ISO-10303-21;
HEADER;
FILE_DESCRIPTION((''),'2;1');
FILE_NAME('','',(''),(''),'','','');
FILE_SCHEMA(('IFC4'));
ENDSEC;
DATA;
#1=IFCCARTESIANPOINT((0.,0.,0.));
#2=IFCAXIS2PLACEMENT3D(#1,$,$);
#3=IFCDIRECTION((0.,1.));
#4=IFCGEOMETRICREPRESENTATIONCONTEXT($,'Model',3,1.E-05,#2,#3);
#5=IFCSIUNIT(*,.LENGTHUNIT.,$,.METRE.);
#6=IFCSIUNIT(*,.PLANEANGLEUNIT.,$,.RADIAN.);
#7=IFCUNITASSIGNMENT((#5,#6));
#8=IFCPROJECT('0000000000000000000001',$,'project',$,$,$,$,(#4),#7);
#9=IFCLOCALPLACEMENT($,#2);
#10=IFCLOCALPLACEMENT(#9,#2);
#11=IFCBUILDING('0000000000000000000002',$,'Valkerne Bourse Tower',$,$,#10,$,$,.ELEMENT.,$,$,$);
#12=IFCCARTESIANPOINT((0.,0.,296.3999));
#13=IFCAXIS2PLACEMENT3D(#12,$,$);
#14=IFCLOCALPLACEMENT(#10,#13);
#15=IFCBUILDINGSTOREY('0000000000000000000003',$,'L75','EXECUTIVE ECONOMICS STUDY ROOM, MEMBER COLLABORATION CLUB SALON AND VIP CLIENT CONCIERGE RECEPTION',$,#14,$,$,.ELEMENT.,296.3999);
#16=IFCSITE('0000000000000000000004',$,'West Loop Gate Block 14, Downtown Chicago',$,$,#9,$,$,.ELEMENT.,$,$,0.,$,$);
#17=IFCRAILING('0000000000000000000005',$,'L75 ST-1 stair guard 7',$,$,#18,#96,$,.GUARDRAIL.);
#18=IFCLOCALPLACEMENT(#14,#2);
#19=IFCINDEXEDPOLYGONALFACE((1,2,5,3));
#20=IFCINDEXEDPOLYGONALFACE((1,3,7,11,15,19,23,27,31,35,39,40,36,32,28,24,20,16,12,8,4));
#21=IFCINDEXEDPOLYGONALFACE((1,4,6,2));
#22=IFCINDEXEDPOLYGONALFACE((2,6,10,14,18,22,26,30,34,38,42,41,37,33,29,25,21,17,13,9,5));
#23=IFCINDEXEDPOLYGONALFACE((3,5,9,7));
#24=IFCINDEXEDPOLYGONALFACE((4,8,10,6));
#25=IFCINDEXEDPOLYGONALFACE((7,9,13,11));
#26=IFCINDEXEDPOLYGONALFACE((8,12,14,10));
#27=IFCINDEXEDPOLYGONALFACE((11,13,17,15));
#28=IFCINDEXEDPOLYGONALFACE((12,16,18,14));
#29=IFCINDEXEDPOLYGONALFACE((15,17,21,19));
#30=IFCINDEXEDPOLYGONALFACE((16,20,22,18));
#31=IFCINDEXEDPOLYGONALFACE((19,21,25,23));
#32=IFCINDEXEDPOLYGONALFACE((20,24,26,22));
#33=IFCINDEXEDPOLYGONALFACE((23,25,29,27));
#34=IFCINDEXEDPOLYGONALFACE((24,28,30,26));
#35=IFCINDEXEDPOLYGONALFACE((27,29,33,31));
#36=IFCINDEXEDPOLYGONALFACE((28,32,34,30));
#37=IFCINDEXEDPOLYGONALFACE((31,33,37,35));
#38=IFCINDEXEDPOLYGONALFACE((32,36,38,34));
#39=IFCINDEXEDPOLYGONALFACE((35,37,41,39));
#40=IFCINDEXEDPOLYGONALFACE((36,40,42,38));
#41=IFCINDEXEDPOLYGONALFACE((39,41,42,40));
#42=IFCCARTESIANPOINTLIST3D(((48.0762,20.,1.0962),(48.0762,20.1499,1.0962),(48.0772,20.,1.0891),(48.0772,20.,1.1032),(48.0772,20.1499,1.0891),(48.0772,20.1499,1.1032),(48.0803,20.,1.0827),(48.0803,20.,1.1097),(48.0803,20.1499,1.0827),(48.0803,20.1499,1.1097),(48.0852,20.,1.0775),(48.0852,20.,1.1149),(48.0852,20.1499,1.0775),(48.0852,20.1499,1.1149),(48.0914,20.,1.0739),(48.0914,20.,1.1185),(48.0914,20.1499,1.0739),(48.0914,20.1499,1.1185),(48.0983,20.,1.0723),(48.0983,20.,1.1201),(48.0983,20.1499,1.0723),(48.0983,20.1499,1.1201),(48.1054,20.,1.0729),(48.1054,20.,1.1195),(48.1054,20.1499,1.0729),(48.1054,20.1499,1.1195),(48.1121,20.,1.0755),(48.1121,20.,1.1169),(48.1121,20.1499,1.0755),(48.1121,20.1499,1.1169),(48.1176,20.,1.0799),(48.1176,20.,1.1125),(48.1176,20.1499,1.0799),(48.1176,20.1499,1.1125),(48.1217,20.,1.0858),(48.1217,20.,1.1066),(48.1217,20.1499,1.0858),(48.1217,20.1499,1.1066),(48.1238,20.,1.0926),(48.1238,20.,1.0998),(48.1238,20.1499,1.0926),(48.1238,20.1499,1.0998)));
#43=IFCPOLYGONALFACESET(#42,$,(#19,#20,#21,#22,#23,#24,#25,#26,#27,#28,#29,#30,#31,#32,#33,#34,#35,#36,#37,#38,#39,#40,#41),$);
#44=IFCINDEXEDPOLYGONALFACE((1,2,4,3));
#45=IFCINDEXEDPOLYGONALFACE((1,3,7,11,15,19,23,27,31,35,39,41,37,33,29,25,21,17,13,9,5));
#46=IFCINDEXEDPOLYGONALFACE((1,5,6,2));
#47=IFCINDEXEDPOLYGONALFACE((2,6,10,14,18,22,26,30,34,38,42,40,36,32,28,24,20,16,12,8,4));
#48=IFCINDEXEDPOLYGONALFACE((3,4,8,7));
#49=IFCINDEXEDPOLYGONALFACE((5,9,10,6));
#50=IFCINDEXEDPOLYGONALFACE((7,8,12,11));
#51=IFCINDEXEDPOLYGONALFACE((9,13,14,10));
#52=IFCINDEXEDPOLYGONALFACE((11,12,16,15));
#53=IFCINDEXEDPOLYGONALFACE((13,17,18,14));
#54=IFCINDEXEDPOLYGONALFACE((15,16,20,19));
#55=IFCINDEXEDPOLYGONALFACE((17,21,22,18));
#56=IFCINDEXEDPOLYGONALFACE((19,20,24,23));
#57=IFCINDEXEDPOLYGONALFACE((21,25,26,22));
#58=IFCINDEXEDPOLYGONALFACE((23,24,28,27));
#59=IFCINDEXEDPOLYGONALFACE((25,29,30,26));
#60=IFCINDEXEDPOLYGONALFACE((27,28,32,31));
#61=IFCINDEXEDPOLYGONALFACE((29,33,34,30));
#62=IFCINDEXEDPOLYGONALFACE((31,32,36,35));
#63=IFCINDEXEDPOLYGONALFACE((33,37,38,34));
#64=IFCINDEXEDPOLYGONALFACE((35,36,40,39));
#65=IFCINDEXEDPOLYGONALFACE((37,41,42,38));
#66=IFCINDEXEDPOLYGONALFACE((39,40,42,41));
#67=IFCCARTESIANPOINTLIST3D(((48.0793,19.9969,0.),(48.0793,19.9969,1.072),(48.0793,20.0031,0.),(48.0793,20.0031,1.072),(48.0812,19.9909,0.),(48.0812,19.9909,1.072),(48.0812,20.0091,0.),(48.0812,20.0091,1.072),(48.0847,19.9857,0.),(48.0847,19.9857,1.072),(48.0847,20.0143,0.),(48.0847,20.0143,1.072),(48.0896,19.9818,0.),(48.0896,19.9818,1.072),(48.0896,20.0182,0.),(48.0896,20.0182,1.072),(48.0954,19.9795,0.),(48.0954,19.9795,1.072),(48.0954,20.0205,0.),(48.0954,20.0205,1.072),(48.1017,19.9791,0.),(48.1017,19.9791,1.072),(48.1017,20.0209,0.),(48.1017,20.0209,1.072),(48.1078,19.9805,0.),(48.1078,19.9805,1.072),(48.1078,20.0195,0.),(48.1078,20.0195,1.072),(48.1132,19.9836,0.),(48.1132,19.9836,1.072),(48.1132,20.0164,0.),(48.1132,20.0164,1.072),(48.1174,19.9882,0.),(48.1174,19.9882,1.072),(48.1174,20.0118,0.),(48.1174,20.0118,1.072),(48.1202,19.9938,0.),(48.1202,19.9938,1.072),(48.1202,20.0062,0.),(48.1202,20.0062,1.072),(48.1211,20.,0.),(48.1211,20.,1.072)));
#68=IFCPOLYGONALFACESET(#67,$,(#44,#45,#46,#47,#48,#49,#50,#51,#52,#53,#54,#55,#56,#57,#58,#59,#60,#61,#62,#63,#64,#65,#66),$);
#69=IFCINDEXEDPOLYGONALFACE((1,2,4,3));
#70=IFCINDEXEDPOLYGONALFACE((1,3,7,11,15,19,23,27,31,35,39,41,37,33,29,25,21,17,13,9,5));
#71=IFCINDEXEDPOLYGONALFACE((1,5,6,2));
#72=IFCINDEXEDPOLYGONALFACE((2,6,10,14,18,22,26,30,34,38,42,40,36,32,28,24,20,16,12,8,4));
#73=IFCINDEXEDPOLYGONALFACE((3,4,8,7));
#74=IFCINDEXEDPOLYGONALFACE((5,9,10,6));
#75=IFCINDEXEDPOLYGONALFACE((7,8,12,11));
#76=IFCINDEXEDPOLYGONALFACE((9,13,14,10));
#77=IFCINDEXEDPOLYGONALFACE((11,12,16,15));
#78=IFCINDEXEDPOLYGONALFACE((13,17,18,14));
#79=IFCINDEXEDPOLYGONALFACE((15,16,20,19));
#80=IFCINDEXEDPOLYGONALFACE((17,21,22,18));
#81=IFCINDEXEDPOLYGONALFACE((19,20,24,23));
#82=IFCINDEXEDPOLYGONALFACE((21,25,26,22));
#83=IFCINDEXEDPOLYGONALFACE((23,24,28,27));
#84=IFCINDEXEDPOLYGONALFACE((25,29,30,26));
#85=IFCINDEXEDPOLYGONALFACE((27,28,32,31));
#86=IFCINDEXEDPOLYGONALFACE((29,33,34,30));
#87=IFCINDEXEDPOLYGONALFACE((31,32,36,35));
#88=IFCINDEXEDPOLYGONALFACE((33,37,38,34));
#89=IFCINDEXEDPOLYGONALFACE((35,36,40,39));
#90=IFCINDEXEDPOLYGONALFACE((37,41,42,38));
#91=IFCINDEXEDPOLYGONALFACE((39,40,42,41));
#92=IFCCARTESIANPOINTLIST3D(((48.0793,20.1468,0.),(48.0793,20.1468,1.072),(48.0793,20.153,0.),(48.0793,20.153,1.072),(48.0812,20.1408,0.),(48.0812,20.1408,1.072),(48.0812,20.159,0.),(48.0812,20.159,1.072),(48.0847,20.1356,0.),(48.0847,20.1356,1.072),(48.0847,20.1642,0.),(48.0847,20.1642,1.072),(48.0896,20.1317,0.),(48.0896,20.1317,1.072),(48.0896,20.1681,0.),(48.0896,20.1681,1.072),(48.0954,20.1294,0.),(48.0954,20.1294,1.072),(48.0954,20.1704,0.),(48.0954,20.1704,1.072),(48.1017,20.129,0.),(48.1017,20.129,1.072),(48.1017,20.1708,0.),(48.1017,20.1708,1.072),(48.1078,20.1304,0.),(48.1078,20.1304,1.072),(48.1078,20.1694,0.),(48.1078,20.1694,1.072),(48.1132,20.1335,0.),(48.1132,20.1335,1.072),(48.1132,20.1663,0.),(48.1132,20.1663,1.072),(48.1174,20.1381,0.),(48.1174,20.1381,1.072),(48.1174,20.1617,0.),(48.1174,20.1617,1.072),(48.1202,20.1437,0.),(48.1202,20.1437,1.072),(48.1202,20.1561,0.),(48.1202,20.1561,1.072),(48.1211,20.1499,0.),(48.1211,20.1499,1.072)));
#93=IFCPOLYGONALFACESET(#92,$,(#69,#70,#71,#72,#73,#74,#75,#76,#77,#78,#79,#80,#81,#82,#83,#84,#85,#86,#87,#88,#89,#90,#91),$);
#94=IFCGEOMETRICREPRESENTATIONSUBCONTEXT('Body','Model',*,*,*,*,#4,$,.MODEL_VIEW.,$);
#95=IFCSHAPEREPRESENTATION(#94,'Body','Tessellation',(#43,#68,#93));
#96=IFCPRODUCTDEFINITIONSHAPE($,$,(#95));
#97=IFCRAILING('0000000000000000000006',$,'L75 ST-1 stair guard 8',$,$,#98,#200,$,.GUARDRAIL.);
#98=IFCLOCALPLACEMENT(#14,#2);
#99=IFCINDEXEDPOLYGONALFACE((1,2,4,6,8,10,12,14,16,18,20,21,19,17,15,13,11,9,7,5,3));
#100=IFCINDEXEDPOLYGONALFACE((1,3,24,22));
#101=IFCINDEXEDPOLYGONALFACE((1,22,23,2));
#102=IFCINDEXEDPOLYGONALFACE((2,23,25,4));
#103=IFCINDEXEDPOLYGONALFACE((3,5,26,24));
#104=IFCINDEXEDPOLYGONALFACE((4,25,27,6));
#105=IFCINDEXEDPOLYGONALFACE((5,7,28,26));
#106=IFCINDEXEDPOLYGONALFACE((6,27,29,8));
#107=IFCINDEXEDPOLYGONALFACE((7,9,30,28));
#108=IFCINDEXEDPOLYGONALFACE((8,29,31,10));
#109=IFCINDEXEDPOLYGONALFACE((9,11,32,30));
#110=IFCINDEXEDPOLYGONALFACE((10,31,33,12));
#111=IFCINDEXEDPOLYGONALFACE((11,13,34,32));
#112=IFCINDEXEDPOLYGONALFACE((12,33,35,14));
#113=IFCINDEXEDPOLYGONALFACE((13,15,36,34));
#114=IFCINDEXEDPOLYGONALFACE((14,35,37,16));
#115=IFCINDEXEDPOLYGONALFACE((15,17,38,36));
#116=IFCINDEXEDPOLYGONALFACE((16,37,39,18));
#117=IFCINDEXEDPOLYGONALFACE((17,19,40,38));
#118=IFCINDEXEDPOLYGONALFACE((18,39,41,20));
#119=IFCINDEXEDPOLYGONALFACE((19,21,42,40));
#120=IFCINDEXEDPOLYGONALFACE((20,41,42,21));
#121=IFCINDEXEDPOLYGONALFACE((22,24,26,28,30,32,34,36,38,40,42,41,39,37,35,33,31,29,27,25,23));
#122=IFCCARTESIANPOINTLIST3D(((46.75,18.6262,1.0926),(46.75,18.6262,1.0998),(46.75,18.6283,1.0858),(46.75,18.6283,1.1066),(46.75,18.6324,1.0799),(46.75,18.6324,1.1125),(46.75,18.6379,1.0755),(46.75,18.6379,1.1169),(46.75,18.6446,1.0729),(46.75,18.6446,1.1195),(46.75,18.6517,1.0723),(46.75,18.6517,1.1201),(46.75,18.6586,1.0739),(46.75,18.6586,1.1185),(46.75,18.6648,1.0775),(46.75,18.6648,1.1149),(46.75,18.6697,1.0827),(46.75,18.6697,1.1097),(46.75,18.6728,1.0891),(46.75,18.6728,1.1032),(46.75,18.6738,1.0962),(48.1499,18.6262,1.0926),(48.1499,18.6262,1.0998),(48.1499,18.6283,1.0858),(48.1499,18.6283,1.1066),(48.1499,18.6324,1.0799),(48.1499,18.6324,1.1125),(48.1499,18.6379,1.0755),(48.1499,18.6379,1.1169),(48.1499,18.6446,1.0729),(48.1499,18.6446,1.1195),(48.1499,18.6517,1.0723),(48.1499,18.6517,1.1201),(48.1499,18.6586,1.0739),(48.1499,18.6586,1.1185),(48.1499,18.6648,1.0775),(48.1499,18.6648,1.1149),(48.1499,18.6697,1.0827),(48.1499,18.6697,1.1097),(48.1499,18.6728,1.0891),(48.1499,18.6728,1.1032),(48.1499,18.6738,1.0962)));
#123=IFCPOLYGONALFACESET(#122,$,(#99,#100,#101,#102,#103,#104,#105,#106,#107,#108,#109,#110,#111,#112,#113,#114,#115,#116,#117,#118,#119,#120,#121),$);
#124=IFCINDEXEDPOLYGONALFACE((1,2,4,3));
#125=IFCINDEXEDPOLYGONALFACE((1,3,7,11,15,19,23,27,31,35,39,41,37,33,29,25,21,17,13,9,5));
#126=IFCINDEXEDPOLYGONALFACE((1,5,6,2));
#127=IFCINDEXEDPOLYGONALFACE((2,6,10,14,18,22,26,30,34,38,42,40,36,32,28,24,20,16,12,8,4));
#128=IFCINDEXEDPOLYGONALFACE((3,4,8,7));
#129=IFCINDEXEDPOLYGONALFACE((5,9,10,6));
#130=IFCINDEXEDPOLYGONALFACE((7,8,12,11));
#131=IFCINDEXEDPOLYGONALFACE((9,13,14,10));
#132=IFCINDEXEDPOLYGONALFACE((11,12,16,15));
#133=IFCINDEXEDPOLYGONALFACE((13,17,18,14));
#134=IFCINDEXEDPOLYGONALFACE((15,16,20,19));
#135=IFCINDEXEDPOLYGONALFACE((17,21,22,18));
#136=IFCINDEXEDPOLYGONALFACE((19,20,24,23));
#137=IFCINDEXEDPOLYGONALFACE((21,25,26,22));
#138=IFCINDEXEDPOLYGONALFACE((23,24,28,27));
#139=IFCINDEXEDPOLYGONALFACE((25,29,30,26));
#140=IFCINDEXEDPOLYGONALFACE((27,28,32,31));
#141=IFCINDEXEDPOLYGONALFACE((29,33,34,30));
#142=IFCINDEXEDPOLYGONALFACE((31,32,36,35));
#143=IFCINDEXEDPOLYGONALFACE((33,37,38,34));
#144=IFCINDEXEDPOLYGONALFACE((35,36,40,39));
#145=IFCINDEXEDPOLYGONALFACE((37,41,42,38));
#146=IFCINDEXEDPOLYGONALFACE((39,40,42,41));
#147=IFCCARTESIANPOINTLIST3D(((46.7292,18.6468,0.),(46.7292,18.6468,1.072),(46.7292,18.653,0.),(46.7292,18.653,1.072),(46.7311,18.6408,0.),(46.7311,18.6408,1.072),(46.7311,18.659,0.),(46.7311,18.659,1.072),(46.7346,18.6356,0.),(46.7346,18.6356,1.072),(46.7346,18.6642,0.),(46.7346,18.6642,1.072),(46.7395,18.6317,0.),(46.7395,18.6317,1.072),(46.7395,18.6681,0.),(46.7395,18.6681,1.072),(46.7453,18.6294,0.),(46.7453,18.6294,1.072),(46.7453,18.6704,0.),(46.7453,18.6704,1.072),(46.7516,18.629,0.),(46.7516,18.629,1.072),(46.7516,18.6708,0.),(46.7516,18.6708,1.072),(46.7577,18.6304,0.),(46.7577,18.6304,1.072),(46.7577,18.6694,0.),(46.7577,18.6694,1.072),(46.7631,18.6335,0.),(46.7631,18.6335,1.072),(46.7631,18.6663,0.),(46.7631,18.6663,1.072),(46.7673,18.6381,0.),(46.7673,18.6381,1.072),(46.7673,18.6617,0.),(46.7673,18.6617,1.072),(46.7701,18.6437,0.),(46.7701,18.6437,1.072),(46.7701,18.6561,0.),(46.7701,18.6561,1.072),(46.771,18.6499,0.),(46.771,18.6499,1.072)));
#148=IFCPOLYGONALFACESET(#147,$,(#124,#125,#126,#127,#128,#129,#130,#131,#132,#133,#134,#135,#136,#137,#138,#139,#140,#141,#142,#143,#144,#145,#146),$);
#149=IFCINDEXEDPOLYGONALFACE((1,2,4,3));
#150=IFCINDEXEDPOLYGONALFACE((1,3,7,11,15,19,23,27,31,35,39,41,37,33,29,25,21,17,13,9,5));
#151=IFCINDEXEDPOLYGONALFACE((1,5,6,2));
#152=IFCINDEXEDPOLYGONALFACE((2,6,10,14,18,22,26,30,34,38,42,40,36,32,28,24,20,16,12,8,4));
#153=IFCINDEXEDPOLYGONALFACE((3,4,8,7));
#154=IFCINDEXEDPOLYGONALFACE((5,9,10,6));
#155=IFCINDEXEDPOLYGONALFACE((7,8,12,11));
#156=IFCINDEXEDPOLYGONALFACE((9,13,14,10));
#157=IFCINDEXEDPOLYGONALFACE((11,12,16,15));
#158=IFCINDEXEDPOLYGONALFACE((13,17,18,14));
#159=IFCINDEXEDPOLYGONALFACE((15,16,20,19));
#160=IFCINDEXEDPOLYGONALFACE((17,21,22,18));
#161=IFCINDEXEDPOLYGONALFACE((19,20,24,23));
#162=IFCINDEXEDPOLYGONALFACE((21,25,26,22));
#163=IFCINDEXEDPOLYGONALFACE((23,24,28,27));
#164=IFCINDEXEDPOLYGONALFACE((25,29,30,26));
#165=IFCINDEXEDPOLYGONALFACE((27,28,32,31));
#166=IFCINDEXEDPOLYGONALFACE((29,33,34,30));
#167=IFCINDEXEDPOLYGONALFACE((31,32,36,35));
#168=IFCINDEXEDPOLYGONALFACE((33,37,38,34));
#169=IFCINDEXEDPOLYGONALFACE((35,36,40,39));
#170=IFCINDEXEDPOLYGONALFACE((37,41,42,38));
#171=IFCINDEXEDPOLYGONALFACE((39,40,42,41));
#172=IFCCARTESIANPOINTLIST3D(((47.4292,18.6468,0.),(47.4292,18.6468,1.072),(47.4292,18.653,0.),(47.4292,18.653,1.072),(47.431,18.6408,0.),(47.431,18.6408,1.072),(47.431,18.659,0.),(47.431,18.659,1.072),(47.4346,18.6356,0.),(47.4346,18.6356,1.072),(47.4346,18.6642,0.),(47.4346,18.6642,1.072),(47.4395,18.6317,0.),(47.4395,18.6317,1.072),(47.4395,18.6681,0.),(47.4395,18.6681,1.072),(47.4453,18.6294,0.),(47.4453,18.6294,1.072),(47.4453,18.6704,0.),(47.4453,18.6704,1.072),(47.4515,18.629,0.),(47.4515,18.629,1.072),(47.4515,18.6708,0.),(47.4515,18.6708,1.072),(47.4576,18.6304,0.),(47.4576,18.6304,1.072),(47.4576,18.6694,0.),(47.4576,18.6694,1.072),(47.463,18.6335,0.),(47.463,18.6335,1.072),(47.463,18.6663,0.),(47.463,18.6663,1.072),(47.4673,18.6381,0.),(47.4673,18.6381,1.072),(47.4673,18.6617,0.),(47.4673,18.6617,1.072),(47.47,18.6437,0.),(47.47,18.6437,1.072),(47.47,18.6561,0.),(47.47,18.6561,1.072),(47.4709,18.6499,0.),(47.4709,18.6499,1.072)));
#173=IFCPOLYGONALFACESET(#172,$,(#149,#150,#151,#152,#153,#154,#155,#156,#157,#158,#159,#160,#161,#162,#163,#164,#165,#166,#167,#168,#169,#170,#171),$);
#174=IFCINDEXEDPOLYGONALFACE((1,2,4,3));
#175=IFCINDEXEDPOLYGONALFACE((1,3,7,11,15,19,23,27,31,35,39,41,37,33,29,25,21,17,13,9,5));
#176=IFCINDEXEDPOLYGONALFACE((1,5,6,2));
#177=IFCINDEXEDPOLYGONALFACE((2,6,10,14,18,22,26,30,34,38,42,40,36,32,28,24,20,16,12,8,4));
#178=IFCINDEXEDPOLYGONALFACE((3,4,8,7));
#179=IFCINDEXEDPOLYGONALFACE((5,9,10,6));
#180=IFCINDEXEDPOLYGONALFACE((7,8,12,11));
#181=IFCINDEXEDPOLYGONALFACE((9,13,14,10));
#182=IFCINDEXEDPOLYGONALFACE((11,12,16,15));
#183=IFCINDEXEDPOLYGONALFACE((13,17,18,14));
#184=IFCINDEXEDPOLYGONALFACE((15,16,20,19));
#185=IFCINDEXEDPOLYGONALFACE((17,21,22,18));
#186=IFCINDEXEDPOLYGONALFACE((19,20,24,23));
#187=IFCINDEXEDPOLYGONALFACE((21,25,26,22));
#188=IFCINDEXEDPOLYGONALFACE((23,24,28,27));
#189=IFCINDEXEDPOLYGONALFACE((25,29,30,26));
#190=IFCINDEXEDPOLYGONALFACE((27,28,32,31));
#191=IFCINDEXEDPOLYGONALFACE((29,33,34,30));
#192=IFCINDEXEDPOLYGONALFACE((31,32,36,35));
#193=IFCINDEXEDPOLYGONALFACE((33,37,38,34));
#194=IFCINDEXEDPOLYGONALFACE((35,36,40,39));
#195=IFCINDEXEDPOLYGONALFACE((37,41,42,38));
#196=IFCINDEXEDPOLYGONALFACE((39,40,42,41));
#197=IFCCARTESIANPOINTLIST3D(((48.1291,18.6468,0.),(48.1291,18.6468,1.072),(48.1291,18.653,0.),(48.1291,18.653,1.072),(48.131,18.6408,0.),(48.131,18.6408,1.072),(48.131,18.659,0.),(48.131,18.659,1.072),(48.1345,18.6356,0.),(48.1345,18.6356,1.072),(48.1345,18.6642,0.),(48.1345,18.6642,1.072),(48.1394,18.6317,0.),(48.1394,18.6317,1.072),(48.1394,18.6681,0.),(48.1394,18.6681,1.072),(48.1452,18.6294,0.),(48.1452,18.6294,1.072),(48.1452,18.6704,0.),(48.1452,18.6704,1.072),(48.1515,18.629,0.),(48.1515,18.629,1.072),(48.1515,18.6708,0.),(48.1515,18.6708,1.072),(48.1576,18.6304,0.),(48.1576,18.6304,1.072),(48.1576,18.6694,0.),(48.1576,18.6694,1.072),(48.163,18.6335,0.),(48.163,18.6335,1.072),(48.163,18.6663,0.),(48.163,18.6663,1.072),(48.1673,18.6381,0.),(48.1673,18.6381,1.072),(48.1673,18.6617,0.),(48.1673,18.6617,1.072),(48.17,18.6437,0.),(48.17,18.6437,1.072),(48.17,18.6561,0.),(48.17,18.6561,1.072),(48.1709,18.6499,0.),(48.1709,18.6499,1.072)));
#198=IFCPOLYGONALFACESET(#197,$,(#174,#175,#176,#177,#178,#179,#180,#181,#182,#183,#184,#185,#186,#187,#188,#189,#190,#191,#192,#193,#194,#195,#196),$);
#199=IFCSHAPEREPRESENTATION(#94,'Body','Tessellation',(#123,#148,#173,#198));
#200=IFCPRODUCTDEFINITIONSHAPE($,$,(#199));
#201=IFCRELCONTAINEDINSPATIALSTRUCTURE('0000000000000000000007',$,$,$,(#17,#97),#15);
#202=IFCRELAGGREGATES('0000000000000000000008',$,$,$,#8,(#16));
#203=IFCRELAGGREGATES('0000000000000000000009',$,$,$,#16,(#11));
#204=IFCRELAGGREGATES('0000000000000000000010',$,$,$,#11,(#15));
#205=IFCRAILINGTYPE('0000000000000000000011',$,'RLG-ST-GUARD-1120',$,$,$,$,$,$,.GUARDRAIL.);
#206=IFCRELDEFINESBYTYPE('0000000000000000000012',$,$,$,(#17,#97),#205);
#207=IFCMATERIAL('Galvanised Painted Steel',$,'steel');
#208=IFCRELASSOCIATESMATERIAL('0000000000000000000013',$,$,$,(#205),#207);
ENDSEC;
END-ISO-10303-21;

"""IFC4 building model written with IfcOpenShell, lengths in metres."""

from ifc_helpers import new_model, si_unit, direction, frame, origin, origin_2d, place, context, subcontext, project, spatial, circle, extrude, material, type_object, element, save


model = new_model("IFC4")

# Units and contexts
model_context = context("Model", 3, precision=1e-05, world=origin(), true_north=direction((0.0, 1.0)))
body_context = subcontext(model_context, "Body", "Model", "MODEL_VIEW")
ifc_project = project(units=[si_unit("LENGTHUNIT", "METRE"), si_unit("PLANEANGLEUNIT", "RADIAN")], contexts=[model_context])

# Site, building, storey
site_placement = place(None, origin())
site = spatial("IfcSite", under=ifc_project, at=site_placement, Name="West Loop Gate Block 14, Downtown Chicago", CompositionType="ELEMENT", RefElevation=0.0)
building_placement = place(site_placement, origin())
building = spatial("IfcBuilding", under=site, at=building_placement, Name="Valkerne Bourse Tower", CompositionType="ELEMENT")
storey_placement = place(building_placement, frame((0.0, 0.0, 296.3999)))
storey = spatial("IfcBuildingStorey", under=building, at=storey_placement, Name="L75", Description="EXECUTIVE ECONOMICS STUDY ROOM, MEMBER COLLABORATION CLUB SALON AND VIP CLIENT CONCIERGE RECEPTION", CompositionType="ELEMENT", Elevation=296.3999)

# Shared definitions
ifc_material_1 = material(Name="Galvanised Painted Steel", Category="steel")

# Railings
railing_type_1 = type_object("IfcRailingType", Name="RLG-ST-GUARD-1120", PredefinedType="GUARDRAIL", material=ifc_material_1)
railing_1_placement = place(storey_placement, frame((48.1001, 20.0, 0.0)))
element("IfcRailing", 1, at=railing_1_placement, inside=storey, type_object=railing_type_1, Name="L75 ST-1 stair guard 7", PredefinedType="GUARDRAIL", context=body_context, shape_type="SweptSolid", body=[
    extrude(circle(Radius=0.0239, at=origin_2d()), frame((0.0, 0.0, 1.0962), z_axis=(0.0, 1.0, 0.0), x_axis=(-1.0, 0.0, 0.0)), (0.0, 0.0, 1.0), 0.1499),
    extrude(circle(Radius=0.021, at=origin_2d()), origin(), (0.0, 0.0, 1.0), 1.072),
    extrude(circle(Radius=0.021, at=origin_2d()), frame((0.0, 0.1499, 0.0)), (0.0, 0.0, 1.0), 1.072),
])
for number, where, name in (
    (2, (46.75, 18.6499, 0.0), "L75 ST-1 stair guard 8"),
):
    element("IfcRailing", number, at=place(storey_placement, frame(where)), inside=storey, type_object=railing_type_1, Name=name, PredefinedType="GUARDRAIL", context=body_context, shape_type="SweptSolid", body=[
        extrude(circle(Radius=0.0239, at=origin_2d()), frame((0.0, 0.0, 1.0962), z_axis=(1.0, 0.0, 0.0), x_axis=(0.0, 1.0, 0.0)), (0.0, 0.0, 1.0), 1.3999),
        extrude(circle(Radius=0.021, at=origin_2d()), origin(), (0.0, 0.0, 1.0), 1.072),
        extrude(circle(Radius=0.021, at=origin_2d()), frame((0.7, 0.0, 0.0)), (0.0, 0.0, 1.0), 1.072),
        extrude(circle(Radius=0.021, at=origin_2d()), frame((1.3999, 0.0, 0.0)), (0.0, 0.0, 1.0), 1.072),
    ])

save(model, "model.ifc")
